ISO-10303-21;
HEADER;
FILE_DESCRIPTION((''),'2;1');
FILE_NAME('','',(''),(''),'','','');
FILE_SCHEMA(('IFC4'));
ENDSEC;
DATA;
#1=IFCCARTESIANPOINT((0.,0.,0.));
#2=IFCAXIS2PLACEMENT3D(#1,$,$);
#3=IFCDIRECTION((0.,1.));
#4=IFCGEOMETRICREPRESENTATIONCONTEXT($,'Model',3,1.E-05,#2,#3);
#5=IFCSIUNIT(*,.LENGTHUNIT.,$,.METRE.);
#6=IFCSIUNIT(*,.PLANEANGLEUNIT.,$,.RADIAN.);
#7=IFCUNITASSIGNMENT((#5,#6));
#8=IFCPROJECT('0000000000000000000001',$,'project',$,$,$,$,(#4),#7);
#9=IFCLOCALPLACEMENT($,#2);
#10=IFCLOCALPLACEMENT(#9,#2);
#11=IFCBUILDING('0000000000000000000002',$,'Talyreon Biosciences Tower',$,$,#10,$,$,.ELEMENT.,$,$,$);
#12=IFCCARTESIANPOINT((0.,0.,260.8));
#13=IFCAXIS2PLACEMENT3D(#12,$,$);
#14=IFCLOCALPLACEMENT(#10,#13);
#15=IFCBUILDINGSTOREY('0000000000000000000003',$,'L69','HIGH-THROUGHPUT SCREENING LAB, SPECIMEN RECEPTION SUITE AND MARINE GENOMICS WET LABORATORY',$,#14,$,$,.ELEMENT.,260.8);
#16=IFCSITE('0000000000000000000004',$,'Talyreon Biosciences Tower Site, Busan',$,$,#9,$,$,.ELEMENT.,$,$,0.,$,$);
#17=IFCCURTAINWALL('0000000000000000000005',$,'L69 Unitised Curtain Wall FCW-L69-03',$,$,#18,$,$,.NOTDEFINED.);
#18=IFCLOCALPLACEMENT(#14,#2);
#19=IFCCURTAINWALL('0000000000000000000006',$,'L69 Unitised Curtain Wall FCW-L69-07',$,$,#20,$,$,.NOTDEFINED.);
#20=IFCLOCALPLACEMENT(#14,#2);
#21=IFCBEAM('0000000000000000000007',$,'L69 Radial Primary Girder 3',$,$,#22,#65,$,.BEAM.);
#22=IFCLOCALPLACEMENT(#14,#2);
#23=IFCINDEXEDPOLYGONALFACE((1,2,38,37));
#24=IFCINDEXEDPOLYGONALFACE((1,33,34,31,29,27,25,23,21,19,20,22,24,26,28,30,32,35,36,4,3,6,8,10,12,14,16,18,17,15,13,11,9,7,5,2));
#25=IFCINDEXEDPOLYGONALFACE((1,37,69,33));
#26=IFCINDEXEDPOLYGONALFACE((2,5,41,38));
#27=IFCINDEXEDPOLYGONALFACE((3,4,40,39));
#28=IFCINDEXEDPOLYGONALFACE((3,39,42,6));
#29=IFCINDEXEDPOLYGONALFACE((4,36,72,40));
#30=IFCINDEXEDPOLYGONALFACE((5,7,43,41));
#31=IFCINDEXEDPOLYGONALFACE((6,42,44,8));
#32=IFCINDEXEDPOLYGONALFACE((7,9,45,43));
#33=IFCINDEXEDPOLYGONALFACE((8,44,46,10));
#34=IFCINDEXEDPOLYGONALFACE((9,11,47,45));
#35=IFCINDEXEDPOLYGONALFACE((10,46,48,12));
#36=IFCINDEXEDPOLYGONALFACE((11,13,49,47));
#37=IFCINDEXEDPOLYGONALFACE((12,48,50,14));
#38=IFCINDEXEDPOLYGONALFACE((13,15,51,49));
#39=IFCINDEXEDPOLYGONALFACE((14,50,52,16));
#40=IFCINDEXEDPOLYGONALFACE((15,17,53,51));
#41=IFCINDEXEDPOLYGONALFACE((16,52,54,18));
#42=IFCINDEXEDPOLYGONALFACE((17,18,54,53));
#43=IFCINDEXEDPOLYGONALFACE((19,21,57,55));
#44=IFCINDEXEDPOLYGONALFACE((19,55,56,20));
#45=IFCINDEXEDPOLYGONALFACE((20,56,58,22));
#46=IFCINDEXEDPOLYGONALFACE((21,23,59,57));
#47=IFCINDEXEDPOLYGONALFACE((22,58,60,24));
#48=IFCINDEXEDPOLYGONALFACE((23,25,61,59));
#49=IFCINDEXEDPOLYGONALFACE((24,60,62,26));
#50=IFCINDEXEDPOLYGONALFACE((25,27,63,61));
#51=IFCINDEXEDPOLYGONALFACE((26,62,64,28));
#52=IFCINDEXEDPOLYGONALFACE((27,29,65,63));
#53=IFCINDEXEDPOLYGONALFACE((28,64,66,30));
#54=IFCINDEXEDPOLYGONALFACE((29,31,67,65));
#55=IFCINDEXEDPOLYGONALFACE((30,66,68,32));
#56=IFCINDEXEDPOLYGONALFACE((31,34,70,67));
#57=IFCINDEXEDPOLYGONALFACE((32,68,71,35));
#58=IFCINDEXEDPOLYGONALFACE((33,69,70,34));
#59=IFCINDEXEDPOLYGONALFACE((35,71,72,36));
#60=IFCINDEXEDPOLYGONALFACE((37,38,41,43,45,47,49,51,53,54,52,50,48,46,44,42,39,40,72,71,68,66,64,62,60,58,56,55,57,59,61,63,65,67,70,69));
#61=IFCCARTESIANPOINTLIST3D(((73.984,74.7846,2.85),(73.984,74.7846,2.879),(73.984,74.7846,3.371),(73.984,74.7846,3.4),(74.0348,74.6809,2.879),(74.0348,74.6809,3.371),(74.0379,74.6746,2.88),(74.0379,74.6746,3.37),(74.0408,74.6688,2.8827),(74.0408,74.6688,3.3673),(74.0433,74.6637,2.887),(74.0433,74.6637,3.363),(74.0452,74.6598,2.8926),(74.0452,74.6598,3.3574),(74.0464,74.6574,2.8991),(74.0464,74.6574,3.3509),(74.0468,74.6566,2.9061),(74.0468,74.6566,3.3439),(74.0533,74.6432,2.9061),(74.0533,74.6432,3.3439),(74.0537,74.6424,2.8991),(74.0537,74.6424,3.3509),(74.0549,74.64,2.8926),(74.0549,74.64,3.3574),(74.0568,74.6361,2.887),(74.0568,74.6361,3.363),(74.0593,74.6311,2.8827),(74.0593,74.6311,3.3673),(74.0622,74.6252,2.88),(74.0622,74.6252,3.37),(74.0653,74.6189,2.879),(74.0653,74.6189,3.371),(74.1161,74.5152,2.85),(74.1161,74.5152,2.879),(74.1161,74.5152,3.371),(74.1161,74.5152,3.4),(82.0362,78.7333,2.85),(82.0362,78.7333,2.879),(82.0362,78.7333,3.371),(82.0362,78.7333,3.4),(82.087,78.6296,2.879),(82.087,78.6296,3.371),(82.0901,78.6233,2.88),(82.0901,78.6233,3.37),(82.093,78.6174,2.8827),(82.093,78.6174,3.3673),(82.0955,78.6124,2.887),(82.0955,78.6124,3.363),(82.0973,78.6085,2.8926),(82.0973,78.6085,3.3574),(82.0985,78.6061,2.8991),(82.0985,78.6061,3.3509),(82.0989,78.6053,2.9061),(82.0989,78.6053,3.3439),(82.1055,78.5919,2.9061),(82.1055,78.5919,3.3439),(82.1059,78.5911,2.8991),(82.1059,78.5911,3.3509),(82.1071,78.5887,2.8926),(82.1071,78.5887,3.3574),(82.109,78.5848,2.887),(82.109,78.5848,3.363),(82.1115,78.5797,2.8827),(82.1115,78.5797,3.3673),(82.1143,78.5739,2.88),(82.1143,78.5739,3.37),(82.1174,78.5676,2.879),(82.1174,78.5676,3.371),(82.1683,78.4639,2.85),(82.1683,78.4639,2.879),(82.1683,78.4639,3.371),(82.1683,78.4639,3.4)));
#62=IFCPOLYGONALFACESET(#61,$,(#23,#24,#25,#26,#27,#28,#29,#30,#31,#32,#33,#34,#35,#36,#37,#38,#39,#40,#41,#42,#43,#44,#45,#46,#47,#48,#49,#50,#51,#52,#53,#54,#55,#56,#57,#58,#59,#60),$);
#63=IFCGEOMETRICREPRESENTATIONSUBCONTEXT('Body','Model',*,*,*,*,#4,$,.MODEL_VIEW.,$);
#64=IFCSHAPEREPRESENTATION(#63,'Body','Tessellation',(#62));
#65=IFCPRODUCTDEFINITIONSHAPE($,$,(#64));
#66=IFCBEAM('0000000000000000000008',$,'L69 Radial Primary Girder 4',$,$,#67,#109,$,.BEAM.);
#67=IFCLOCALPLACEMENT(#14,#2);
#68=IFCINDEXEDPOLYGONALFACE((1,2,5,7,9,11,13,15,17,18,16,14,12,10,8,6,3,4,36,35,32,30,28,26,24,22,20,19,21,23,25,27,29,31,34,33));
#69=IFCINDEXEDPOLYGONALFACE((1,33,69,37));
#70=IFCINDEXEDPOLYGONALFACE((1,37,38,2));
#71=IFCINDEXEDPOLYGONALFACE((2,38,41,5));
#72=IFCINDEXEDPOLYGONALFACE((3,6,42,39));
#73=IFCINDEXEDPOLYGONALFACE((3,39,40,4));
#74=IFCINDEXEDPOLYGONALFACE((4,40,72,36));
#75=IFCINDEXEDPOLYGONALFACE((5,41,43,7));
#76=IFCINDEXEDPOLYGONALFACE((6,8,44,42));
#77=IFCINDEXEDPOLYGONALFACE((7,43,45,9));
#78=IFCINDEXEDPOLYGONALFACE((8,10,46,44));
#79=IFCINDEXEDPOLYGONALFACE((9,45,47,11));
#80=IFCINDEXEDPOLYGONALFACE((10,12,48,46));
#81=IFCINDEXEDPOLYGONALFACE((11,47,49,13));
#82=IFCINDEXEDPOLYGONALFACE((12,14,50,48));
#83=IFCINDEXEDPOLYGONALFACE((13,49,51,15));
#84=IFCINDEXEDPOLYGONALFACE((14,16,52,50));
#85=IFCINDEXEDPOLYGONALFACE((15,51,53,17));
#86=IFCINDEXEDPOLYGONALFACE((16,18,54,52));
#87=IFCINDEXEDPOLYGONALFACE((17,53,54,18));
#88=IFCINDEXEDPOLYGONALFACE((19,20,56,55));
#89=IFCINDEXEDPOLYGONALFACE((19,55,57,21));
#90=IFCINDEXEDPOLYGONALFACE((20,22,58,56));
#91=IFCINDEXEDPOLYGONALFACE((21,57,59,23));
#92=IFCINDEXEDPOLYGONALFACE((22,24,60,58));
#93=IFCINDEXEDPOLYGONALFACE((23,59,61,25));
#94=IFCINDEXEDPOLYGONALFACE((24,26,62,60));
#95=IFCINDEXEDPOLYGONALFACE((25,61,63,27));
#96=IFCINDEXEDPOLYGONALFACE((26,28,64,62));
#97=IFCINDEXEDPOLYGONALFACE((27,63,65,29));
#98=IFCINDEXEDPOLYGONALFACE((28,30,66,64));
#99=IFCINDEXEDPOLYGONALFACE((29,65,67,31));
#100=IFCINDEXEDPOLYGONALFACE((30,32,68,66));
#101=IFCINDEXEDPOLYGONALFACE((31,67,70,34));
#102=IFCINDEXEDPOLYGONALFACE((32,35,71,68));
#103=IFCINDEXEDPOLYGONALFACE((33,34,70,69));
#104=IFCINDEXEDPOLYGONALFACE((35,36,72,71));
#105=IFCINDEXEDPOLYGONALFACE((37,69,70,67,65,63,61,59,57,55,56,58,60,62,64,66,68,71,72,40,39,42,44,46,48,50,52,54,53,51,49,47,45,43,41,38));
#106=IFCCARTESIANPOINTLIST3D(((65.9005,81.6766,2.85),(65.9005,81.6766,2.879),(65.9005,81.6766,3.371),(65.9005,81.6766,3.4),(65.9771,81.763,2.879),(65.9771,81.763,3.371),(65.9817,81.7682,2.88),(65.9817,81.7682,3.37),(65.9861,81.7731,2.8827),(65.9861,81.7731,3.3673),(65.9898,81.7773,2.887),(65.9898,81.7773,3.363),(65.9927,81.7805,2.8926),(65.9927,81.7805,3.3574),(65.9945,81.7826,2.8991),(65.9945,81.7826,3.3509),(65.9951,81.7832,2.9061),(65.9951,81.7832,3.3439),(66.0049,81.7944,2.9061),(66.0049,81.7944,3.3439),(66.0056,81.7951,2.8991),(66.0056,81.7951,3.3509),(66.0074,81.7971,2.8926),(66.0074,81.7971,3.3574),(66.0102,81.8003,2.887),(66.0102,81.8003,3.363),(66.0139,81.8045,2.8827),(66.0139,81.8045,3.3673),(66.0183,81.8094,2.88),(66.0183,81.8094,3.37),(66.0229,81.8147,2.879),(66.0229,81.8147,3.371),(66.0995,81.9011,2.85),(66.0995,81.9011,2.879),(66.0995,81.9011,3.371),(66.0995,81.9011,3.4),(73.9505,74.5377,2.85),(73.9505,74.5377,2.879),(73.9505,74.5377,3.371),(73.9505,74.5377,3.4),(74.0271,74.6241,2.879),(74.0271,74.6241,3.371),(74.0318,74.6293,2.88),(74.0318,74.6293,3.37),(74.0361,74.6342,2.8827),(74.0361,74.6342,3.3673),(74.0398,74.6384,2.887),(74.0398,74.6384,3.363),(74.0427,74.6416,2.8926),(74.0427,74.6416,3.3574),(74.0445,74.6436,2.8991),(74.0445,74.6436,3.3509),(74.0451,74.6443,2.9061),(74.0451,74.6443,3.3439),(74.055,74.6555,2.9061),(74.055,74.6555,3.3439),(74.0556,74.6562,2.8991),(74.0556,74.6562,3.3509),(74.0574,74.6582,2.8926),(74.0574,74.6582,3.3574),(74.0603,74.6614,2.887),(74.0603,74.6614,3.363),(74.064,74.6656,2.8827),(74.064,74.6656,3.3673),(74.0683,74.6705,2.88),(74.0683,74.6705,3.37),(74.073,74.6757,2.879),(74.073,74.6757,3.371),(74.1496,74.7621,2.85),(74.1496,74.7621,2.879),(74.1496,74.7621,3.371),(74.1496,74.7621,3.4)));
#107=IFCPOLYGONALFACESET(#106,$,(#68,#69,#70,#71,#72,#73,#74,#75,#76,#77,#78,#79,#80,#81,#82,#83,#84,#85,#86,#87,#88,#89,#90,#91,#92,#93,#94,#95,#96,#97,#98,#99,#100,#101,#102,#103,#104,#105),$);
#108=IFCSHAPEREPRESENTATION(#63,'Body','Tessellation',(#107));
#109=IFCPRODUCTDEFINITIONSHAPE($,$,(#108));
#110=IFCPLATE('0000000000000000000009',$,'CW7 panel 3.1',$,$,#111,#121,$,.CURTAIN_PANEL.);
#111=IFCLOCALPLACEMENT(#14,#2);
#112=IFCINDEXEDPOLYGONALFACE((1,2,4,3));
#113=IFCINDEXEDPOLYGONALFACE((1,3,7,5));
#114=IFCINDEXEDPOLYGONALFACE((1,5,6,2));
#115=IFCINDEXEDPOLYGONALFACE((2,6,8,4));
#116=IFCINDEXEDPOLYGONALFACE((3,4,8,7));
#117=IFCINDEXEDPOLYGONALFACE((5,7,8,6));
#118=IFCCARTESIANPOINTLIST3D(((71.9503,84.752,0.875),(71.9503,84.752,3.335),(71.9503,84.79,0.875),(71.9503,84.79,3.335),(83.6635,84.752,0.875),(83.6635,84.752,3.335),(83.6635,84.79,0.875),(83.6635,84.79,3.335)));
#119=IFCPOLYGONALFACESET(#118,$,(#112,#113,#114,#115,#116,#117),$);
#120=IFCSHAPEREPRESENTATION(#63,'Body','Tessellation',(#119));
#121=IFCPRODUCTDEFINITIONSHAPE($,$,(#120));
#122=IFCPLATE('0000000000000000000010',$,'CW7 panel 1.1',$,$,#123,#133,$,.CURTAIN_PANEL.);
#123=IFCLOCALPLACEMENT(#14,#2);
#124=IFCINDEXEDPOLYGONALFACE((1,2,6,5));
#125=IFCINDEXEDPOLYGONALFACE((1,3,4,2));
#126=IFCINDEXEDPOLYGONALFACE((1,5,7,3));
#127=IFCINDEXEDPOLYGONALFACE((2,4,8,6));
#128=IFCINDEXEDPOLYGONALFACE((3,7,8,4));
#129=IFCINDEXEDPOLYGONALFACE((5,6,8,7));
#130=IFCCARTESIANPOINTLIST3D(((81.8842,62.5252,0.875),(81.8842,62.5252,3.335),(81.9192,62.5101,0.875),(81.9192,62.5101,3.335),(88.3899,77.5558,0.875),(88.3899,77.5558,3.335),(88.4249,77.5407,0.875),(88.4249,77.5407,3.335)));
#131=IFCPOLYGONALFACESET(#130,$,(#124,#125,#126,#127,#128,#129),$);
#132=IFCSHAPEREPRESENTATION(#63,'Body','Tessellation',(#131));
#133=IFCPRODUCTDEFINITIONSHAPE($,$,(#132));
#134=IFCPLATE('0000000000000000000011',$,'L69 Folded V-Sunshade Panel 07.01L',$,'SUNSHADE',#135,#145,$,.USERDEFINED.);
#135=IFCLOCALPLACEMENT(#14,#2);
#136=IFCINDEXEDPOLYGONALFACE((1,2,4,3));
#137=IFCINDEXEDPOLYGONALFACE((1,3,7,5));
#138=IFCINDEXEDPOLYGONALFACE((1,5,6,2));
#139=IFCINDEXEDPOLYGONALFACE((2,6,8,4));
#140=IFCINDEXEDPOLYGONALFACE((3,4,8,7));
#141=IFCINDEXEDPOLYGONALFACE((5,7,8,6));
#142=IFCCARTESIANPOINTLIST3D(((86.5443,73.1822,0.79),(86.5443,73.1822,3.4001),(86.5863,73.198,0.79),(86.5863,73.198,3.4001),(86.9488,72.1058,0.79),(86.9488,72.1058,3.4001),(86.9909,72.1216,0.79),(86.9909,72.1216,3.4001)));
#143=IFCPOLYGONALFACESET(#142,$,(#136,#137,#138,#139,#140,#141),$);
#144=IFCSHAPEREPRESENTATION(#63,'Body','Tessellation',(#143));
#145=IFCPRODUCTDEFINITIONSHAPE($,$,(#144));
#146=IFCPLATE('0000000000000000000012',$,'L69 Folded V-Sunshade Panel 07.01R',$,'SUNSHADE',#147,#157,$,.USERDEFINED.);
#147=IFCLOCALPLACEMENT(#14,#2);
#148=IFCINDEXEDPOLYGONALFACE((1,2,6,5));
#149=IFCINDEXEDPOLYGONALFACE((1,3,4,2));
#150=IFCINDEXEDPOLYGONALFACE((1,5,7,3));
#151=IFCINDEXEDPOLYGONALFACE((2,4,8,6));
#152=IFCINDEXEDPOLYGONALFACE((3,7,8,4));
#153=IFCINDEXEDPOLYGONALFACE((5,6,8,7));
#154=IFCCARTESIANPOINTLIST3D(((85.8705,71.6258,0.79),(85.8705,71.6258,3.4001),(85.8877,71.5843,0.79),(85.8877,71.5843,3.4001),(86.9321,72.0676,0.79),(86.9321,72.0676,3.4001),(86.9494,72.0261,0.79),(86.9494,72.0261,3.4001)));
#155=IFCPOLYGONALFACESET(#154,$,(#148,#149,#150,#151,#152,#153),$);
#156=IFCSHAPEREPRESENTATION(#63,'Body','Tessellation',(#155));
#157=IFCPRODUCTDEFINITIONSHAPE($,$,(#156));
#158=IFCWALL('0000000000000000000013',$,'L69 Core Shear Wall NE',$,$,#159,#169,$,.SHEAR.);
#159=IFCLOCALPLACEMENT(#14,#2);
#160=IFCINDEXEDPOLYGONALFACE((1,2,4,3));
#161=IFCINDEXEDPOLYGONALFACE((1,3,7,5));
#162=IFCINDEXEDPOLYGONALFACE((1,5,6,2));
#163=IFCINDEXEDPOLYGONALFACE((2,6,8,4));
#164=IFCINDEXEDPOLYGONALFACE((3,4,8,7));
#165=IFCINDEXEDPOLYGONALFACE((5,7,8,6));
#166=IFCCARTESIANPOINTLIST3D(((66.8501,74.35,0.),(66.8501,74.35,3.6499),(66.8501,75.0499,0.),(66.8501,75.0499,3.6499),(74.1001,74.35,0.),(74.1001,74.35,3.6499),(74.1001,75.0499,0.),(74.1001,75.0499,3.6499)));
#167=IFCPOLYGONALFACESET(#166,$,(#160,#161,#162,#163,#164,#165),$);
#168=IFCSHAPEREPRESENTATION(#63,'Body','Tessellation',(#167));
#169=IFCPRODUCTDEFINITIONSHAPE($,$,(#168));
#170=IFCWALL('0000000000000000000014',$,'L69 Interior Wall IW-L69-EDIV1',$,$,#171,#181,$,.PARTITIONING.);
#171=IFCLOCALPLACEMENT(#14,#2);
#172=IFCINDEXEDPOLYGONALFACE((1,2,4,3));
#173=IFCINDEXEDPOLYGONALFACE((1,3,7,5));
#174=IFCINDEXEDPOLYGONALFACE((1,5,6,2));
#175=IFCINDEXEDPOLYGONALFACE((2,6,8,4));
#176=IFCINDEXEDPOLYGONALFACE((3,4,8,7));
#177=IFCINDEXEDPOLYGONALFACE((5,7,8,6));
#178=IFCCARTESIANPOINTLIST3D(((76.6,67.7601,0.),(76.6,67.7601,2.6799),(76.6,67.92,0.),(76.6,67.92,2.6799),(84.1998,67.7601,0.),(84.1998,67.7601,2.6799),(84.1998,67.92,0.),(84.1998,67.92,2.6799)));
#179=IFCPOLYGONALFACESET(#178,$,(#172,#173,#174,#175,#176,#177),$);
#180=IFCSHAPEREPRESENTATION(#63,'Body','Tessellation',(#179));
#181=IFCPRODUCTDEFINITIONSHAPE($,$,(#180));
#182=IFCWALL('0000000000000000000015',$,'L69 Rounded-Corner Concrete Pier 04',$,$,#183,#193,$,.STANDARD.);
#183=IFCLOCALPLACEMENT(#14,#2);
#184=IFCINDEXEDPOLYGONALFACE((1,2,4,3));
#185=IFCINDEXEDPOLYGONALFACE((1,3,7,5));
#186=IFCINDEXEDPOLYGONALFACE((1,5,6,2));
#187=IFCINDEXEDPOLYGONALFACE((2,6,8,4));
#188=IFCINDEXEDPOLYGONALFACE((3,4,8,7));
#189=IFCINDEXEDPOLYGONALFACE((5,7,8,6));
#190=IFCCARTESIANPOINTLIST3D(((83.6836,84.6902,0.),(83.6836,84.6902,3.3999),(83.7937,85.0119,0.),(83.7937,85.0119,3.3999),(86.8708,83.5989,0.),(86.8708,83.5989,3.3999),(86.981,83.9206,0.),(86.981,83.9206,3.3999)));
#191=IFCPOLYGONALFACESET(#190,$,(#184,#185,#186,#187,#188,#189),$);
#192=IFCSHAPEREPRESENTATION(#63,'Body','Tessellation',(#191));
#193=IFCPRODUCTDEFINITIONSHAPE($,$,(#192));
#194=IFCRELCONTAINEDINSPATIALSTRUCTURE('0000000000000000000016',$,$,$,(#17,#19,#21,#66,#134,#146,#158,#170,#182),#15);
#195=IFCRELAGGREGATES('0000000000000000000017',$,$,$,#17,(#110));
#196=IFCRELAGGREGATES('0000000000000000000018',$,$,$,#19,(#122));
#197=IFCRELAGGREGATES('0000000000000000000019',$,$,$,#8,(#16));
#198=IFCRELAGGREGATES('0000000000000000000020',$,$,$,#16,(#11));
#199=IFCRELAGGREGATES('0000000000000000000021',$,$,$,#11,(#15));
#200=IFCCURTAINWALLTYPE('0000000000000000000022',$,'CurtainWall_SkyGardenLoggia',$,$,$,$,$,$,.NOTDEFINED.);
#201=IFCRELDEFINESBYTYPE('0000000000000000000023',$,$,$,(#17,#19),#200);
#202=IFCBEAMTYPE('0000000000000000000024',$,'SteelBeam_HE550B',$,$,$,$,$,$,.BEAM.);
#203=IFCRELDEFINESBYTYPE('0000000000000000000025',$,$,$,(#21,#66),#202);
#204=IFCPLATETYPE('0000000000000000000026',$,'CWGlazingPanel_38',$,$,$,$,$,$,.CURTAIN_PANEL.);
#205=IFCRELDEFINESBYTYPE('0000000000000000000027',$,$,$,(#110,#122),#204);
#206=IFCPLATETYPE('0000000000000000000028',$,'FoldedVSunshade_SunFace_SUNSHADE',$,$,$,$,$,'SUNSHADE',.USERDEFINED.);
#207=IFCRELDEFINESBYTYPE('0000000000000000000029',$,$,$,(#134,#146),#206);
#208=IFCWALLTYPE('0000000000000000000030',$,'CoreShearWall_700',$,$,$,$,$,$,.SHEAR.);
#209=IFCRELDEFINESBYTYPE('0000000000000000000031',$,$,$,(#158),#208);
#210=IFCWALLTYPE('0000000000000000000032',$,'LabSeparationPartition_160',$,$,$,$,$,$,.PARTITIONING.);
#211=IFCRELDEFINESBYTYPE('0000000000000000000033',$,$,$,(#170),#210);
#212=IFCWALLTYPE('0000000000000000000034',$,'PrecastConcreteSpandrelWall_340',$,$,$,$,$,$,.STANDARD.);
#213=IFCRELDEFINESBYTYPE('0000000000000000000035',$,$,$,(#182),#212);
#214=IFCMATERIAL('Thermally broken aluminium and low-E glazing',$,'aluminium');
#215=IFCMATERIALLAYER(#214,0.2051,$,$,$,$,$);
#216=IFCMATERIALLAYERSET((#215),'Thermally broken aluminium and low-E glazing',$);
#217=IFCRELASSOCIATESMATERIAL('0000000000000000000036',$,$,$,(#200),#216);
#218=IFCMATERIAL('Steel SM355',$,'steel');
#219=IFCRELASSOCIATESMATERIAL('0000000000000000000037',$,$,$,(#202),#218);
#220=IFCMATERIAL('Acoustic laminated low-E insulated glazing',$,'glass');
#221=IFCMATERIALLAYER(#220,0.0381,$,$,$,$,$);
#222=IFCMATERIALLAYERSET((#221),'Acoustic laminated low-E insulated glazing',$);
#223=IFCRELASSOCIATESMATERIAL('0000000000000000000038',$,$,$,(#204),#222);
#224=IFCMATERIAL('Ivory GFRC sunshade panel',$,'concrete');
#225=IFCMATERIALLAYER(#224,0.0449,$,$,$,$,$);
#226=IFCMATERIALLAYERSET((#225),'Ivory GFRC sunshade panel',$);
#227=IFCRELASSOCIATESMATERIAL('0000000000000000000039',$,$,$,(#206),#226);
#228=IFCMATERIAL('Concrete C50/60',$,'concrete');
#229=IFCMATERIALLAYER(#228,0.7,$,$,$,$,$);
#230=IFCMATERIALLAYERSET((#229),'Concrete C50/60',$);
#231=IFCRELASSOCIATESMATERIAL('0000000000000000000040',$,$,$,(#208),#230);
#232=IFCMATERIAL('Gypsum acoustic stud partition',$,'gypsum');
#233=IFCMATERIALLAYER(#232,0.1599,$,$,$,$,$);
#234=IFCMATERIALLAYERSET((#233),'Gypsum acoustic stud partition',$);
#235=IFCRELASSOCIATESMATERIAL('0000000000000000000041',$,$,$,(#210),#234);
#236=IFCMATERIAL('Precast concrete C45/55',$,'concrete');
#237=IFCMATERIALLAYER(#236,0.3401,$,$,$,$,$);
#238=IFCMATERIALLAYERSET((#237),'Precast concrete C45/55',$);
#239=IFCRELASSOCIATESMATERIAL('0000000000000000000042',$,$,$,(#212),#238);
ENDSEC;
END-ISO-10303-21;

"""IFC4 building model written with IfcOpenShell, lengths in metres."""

from ifc_helpers import new_model, si_unit, direction, frame, frame_2d, origin, origin_2d, place, context, subcontext, project, spatial, rectangle, i_section, extrude, material, layer, layer_set, material_profile, profile_set, type_object, element, aggregate, save


model = new_model("IFC4")

# Units and contexts
model_context = context("Model", 3, precision=1e-05, world=origin(), true_north=direction((0.0, 1.0)))
body_context = subcontext(model_context, "Body", "Model", "MODEL_VIEW")
ifc_project = project(units=[si_unit("LENGTHUNIT", "METRE"), si_unit("PLANEANGLEUNIT", "RADIAN")], contexts=[model_context])

# Site, building, storey
site_placement = place(None, origin())
site = spatial("IfcSite", under=ifc_project, at=site_placement, Name="Talyreon Biosciences Tower Site, Busan", CompositionType="ELEMENT", RefElevation=0.0)
building_placement = place(site_placement, origin())
building = spatial("IfcBuilding", under=site, at=building_placement, Name="Talyreon Biosciences Tower", CompositionType="ELEMENT")
storey_placement = place(building_placement, frame((0.0, 0.0, 260.8)))
storey = spatial("IfcBuildingStorey", under=building, at=storey_placement, Name="L69", Description="HIGH-THROUGHPUT SCREENING LAB, SPECIMEN RECEPTION SUITE AND MARINE GENOMICS WET LABORATORY", CompositionType="ELEMENT", Elevation=260.8)

# Shared definitions
ifc_material_1 = material(Name="Concrete C50/60", Category="concrete")

# Curtain wall
ifc_material_2 = material(Name="Thermally broken aluminium and low-E glazing", Category="aluminium")
ifc_layer_1 = layer(ifc_material_2, 0.2051)
ifc_layer_set_1 = layer_set([ifc_layer_1], Name="Thermally broken aluminium and low-E glazing")
curtain_wall_type = type_object("IfcCurtainWallType", Name="CurtainWall_SkyGardenLoggia", PredefinedType="NOTDEFINED", material=ifc_layer_set_1)
curtain_wall_1_placement = place(storey_placement, origin())
curtain_wall_1 = element("IfcCurtainWall", 1, at=curtain_wall_1_placement, inside=storey, type_object=curtain_wall_type, Name="L69 Unitised Curtain Wall FCW-L69-03", PredefinedType="NOTDEFINED")

# Curtain wall
curtain_wall_2_placement = place(storey_placement, origin())
curtain_wall_2 = element("IfcCurtainWall", 2, at=curtain_wall_2_placement, inside=storey, type_object=curtain_wall_type, Name="L69 Unitised Curtain Wall FCW-L69-07", PredefinedType="NOTDEFINED")

# Beams
ifc_material_3 = material(Name="Precast concrete C45/55", Category="concrete")
ifc_material_4 = material(Name="Steel SM355", Category="steel")
ifc_material_profile_1 = material_profile(ifc_material_4, i_section(OverallWidth=0.3, OverallDepth=0.55, WebThickness=0.0149, FlangeThickness=0.0291, FilletRadius=0.0271, at=origin_2d()), Name="HE550B")
ifc_profile_set_1 = profile_set([ifc_material_profile_1], Name="Steel SM355")
beam_type_1 = type_object("IfcBeamType", Name="SteelBeam_HE550B", PredefinedType="BEAM", material=ifc_profile_set_1)
beam_1_placement = place(storey_placement, frame((74.05, 74.6499, 3.125), z_axis=(0.897852, 0.440297, 0.0), x_axis=(-0.440297, 0.897852, 0.0)))
element("IfcBeam", 3, at=beam_1_placement, inside=storey, type_object=beam_type_1, Name="L69 Radial Primary Girder 3", PredefinedType="BEAM", context=body_context, shape_type="SweptSolid", body=[
    extrude(i_section(OverallWidth=0.3, OverallDepth=0.55, WebThickness=0.0149, FlangeThickness=0.0291, FilletRadius=0.0271, at=origin_2d()), origin(), (0.0, 0.0, 1.0), 8.9683),
])
beam_2_placement = place(storey_placement, frame((74.05, 74.6499, 3.125), z_axis=(-0.748179, 0.663497, 0.0), x_axis=(-0.663497, -0.748179, 0.0)))
element("IfcBeam", 4, at=beam_2_placement, inside=storey, type_object=beam_type_1, Name="L69 Radial Primary Girder 4", PredefinedType="BEAM", context=body_context, shape_type="SweptSolid", body=[
    extrude(i_section(OverallWidth=0.3, OverallDepth=0.55, WebThickness=0.0149, FlangeThickness=0.0291, FilletRadius=0.0271, at=origin_2d()), origin(), (0.0, 0.0, 1.0), 10.7595),
])

# Plates
ifc_material_5 = material(Name="Acoustic laminated low-E insulated glazing", Category="glass")
ifc_layer_2 = layer(ifc_material_5, 0.0381)
ifc_layer_set_2 = layer_set([ifc_layer_2], Name="Acoustic laminated low-E insulated glazing")
plate_type_1 = type_object("IfcPlateType", Name="CWGlazingPanel_38", PredefinedType="CURTAIN_PANEL", material=ifc_layer_set_2)
plate_1_placement = place(storey_placement, frame((77.8069, 84.771, 0.875), z_axis=(0.0, 0.0, 1.0), x_axis=(1.0, 0.0, 0.0)))
plate_1 = element("IfcPlate", 5, at=plate_1_placement, type_object=plate_type_1, Name="CW7 panel 3.1", PredefinedType="CURTAIN_PANEL", context=body_context, shape_type="SweptSolid", body=[
    extrude(rectangle(XDim=11.7131, YDim=0.0381, at=origin_2d()), origin(), (0.0, 0.0, 1.0), 2.46),
])
aggregate(curtain_wall_1, [plate_1])
plate_2_placement = place(storey_placement, frame((85.1545, 70.033, 0.875), z_axis=(0.0, 0.0, 1.0), x_axis=(-0.397219, -0.917724, 0.0)))
plate_2 = element("IfcPlate", 6, at=plate_2_placement, type_object=plate_type_1, Name="CW7 panel 1.1", PredefinedType="CURTAIN_PANEL", context=body_context, shape_type="SweptSolid", body=[
    extrude(rectangle(XDim=16.3782, YDim=0.0381, at=origin_2d()), origin(), (0.0, 0.0, 1.0), 2.46),
])
aggregate(curtain_wall_2, [plate_2])

# Plates
ifc_material_6 = material(Name="Ivory GFRC sunshade panel", Category="concrete")
ifc_layer_3 = layer(ifc_material_6, 0.0449)
ifc_layer_set_3 = layer_set([ifc_layer_3], Name="Ivory GFRC sunshade panel")
plate_type_2 = type_object("IfcPlateType", Name="FoldedVSunshade_SunFace_SUNSHADE", ElementType="SUNSHADE", PredefinedType="USERDEFINED", material=ifc_layer_set_3)
for number, where, z_axis, x_axis, name in (
    (7, (86.7676, 72.6519, 0.79), (0.0, 0.0, 1.0), (0.351776, -0.936084, 0.0), "L69 Folded V-Sunshade Panel 07.01L"),
    (8, (86.4099, 71.8259, 0.79), (0.0, 0.0, 1.0), (-0.923237, -0.384231, 0.0), "L69 Folded V-Sunshade Panel 07.01R"),
):
    element("IfcPlate", number, at=place(storey_placement, frame(where, z_axis=z_axis, x_axis=x_axis)), inside=storey, type_object=plate_type_2, Name=name, ObjectType="SUNSHADE", PredefinedType="USERDEFINED", context=body_context, shape_type="SweptSolid", body=[
        extrude(rectangle(XDim=1.1499, YDim=0.0449, at=origin_2d()), origin(), (0.0, 0.0, 1.0), 2.6101),
    ])

# Walls
ifc_layer_4 = layer(ifc_material_1, 0.7)
ifc_layer_set_4 = layer_set([ifc_layer_4], Name="Concrete C50/60")
wall_type_1 = type_object("IfcWallType", Name="CoreShearWall_700", PredefinedType="SHEAR", material=ifc_layer_set_4)
wall_1_placement = place(storey_placement, frame((74.1001, 74.7, 0.0), z_axis=(0.0, 0.0, 1.0), x_axis=(-1.0, 0.0, 0.0)))
element("IfcWall", 9, at=wall_1_placement, inside=storey, type_object=wall_type_1, Name="L69 Core Shear Wall NE", PredefinedType="SHEAR", context=body_context, shape_type="SweptSolid", body=[
    extrude(rectangle(XDim=7.25, YDim=0.7, at=frame_2d((3.625, 0.0))), origin(), (0.0, 0.0, 1.0), 3.6499),
])
ifc_material_7 = material(Name="Gypsum acoustic stud partition", Category="gypsum")
ifc_layer_5 = layer(ifc_material_7, 0.1599)
ifc_layer_set_5 = layer_set([ifc_layer_5], Name="Gypsum acoustic stud partition")
wall_type_2 = type_object("IfcWallType", Name="LabSeparationPartition_160", PredefinedType="PARTITIONING", material=ifc_layer_set_5)
wall_2_placement = place(storey_placement, frame((76.6001, 67.8401, 0.0), z_axis=(0.0, 0.0, 1.0), x_axis=(1.0, 0.0, 0.0)))
element("IfcWall", 10, at=wall_2_placement, inside=storey, type_object=wall_type_2, Name="L69 Interior Wall IW-L69-EDIV1", PredefinedType="PARTITIONING", context=body_context, shape_type="SweptSolid", body=[
    extrude(rectangle(XDim=7.5999, YDim=0.1599, at=frame_2d((3.7998, 0.0))), origin(), (0.0, 0.0, 1.0), 2.6799),
])
ifc_layer_6 = layer(ifc_material_3, 0.3401)
ifc_layer_set_6 = layer_set([ifc_layer_6], Name="Precast concrete C45/55")
wall_type_3 = type_object("IfcWallType", Name="PrecastConcreteSpandrelWall_340", PredefinedType="STANDARD", material=ifc_layer_set_6)
for number, where, z_axis, x_axis, name in (
    (11, (83.7385, 84.8511, 0.0), (0.0, 0.0, 1.0), (0.946079, -0.323935, 0.0), "L69 Rounded-Corner Concrete Pier 04"),
):
    element("IfcWall", number, at=place(storey_placement, frame(where, z_axis=z_axis, x_axis=x_axis)), inside=storey, type_object=wall_type_3, Name=name, PredefinedType="STANDARD", context=body_context, shape_type="SweptSolid", body=[
        extrude(rectangle(XDim=3.3689, YDim=0.3401, at=frame_2d((1.6846, 0.0))), origin(), (0.0, 0.0, 1.0), 3.3999),
    ])

save(model, "model.ifc")
